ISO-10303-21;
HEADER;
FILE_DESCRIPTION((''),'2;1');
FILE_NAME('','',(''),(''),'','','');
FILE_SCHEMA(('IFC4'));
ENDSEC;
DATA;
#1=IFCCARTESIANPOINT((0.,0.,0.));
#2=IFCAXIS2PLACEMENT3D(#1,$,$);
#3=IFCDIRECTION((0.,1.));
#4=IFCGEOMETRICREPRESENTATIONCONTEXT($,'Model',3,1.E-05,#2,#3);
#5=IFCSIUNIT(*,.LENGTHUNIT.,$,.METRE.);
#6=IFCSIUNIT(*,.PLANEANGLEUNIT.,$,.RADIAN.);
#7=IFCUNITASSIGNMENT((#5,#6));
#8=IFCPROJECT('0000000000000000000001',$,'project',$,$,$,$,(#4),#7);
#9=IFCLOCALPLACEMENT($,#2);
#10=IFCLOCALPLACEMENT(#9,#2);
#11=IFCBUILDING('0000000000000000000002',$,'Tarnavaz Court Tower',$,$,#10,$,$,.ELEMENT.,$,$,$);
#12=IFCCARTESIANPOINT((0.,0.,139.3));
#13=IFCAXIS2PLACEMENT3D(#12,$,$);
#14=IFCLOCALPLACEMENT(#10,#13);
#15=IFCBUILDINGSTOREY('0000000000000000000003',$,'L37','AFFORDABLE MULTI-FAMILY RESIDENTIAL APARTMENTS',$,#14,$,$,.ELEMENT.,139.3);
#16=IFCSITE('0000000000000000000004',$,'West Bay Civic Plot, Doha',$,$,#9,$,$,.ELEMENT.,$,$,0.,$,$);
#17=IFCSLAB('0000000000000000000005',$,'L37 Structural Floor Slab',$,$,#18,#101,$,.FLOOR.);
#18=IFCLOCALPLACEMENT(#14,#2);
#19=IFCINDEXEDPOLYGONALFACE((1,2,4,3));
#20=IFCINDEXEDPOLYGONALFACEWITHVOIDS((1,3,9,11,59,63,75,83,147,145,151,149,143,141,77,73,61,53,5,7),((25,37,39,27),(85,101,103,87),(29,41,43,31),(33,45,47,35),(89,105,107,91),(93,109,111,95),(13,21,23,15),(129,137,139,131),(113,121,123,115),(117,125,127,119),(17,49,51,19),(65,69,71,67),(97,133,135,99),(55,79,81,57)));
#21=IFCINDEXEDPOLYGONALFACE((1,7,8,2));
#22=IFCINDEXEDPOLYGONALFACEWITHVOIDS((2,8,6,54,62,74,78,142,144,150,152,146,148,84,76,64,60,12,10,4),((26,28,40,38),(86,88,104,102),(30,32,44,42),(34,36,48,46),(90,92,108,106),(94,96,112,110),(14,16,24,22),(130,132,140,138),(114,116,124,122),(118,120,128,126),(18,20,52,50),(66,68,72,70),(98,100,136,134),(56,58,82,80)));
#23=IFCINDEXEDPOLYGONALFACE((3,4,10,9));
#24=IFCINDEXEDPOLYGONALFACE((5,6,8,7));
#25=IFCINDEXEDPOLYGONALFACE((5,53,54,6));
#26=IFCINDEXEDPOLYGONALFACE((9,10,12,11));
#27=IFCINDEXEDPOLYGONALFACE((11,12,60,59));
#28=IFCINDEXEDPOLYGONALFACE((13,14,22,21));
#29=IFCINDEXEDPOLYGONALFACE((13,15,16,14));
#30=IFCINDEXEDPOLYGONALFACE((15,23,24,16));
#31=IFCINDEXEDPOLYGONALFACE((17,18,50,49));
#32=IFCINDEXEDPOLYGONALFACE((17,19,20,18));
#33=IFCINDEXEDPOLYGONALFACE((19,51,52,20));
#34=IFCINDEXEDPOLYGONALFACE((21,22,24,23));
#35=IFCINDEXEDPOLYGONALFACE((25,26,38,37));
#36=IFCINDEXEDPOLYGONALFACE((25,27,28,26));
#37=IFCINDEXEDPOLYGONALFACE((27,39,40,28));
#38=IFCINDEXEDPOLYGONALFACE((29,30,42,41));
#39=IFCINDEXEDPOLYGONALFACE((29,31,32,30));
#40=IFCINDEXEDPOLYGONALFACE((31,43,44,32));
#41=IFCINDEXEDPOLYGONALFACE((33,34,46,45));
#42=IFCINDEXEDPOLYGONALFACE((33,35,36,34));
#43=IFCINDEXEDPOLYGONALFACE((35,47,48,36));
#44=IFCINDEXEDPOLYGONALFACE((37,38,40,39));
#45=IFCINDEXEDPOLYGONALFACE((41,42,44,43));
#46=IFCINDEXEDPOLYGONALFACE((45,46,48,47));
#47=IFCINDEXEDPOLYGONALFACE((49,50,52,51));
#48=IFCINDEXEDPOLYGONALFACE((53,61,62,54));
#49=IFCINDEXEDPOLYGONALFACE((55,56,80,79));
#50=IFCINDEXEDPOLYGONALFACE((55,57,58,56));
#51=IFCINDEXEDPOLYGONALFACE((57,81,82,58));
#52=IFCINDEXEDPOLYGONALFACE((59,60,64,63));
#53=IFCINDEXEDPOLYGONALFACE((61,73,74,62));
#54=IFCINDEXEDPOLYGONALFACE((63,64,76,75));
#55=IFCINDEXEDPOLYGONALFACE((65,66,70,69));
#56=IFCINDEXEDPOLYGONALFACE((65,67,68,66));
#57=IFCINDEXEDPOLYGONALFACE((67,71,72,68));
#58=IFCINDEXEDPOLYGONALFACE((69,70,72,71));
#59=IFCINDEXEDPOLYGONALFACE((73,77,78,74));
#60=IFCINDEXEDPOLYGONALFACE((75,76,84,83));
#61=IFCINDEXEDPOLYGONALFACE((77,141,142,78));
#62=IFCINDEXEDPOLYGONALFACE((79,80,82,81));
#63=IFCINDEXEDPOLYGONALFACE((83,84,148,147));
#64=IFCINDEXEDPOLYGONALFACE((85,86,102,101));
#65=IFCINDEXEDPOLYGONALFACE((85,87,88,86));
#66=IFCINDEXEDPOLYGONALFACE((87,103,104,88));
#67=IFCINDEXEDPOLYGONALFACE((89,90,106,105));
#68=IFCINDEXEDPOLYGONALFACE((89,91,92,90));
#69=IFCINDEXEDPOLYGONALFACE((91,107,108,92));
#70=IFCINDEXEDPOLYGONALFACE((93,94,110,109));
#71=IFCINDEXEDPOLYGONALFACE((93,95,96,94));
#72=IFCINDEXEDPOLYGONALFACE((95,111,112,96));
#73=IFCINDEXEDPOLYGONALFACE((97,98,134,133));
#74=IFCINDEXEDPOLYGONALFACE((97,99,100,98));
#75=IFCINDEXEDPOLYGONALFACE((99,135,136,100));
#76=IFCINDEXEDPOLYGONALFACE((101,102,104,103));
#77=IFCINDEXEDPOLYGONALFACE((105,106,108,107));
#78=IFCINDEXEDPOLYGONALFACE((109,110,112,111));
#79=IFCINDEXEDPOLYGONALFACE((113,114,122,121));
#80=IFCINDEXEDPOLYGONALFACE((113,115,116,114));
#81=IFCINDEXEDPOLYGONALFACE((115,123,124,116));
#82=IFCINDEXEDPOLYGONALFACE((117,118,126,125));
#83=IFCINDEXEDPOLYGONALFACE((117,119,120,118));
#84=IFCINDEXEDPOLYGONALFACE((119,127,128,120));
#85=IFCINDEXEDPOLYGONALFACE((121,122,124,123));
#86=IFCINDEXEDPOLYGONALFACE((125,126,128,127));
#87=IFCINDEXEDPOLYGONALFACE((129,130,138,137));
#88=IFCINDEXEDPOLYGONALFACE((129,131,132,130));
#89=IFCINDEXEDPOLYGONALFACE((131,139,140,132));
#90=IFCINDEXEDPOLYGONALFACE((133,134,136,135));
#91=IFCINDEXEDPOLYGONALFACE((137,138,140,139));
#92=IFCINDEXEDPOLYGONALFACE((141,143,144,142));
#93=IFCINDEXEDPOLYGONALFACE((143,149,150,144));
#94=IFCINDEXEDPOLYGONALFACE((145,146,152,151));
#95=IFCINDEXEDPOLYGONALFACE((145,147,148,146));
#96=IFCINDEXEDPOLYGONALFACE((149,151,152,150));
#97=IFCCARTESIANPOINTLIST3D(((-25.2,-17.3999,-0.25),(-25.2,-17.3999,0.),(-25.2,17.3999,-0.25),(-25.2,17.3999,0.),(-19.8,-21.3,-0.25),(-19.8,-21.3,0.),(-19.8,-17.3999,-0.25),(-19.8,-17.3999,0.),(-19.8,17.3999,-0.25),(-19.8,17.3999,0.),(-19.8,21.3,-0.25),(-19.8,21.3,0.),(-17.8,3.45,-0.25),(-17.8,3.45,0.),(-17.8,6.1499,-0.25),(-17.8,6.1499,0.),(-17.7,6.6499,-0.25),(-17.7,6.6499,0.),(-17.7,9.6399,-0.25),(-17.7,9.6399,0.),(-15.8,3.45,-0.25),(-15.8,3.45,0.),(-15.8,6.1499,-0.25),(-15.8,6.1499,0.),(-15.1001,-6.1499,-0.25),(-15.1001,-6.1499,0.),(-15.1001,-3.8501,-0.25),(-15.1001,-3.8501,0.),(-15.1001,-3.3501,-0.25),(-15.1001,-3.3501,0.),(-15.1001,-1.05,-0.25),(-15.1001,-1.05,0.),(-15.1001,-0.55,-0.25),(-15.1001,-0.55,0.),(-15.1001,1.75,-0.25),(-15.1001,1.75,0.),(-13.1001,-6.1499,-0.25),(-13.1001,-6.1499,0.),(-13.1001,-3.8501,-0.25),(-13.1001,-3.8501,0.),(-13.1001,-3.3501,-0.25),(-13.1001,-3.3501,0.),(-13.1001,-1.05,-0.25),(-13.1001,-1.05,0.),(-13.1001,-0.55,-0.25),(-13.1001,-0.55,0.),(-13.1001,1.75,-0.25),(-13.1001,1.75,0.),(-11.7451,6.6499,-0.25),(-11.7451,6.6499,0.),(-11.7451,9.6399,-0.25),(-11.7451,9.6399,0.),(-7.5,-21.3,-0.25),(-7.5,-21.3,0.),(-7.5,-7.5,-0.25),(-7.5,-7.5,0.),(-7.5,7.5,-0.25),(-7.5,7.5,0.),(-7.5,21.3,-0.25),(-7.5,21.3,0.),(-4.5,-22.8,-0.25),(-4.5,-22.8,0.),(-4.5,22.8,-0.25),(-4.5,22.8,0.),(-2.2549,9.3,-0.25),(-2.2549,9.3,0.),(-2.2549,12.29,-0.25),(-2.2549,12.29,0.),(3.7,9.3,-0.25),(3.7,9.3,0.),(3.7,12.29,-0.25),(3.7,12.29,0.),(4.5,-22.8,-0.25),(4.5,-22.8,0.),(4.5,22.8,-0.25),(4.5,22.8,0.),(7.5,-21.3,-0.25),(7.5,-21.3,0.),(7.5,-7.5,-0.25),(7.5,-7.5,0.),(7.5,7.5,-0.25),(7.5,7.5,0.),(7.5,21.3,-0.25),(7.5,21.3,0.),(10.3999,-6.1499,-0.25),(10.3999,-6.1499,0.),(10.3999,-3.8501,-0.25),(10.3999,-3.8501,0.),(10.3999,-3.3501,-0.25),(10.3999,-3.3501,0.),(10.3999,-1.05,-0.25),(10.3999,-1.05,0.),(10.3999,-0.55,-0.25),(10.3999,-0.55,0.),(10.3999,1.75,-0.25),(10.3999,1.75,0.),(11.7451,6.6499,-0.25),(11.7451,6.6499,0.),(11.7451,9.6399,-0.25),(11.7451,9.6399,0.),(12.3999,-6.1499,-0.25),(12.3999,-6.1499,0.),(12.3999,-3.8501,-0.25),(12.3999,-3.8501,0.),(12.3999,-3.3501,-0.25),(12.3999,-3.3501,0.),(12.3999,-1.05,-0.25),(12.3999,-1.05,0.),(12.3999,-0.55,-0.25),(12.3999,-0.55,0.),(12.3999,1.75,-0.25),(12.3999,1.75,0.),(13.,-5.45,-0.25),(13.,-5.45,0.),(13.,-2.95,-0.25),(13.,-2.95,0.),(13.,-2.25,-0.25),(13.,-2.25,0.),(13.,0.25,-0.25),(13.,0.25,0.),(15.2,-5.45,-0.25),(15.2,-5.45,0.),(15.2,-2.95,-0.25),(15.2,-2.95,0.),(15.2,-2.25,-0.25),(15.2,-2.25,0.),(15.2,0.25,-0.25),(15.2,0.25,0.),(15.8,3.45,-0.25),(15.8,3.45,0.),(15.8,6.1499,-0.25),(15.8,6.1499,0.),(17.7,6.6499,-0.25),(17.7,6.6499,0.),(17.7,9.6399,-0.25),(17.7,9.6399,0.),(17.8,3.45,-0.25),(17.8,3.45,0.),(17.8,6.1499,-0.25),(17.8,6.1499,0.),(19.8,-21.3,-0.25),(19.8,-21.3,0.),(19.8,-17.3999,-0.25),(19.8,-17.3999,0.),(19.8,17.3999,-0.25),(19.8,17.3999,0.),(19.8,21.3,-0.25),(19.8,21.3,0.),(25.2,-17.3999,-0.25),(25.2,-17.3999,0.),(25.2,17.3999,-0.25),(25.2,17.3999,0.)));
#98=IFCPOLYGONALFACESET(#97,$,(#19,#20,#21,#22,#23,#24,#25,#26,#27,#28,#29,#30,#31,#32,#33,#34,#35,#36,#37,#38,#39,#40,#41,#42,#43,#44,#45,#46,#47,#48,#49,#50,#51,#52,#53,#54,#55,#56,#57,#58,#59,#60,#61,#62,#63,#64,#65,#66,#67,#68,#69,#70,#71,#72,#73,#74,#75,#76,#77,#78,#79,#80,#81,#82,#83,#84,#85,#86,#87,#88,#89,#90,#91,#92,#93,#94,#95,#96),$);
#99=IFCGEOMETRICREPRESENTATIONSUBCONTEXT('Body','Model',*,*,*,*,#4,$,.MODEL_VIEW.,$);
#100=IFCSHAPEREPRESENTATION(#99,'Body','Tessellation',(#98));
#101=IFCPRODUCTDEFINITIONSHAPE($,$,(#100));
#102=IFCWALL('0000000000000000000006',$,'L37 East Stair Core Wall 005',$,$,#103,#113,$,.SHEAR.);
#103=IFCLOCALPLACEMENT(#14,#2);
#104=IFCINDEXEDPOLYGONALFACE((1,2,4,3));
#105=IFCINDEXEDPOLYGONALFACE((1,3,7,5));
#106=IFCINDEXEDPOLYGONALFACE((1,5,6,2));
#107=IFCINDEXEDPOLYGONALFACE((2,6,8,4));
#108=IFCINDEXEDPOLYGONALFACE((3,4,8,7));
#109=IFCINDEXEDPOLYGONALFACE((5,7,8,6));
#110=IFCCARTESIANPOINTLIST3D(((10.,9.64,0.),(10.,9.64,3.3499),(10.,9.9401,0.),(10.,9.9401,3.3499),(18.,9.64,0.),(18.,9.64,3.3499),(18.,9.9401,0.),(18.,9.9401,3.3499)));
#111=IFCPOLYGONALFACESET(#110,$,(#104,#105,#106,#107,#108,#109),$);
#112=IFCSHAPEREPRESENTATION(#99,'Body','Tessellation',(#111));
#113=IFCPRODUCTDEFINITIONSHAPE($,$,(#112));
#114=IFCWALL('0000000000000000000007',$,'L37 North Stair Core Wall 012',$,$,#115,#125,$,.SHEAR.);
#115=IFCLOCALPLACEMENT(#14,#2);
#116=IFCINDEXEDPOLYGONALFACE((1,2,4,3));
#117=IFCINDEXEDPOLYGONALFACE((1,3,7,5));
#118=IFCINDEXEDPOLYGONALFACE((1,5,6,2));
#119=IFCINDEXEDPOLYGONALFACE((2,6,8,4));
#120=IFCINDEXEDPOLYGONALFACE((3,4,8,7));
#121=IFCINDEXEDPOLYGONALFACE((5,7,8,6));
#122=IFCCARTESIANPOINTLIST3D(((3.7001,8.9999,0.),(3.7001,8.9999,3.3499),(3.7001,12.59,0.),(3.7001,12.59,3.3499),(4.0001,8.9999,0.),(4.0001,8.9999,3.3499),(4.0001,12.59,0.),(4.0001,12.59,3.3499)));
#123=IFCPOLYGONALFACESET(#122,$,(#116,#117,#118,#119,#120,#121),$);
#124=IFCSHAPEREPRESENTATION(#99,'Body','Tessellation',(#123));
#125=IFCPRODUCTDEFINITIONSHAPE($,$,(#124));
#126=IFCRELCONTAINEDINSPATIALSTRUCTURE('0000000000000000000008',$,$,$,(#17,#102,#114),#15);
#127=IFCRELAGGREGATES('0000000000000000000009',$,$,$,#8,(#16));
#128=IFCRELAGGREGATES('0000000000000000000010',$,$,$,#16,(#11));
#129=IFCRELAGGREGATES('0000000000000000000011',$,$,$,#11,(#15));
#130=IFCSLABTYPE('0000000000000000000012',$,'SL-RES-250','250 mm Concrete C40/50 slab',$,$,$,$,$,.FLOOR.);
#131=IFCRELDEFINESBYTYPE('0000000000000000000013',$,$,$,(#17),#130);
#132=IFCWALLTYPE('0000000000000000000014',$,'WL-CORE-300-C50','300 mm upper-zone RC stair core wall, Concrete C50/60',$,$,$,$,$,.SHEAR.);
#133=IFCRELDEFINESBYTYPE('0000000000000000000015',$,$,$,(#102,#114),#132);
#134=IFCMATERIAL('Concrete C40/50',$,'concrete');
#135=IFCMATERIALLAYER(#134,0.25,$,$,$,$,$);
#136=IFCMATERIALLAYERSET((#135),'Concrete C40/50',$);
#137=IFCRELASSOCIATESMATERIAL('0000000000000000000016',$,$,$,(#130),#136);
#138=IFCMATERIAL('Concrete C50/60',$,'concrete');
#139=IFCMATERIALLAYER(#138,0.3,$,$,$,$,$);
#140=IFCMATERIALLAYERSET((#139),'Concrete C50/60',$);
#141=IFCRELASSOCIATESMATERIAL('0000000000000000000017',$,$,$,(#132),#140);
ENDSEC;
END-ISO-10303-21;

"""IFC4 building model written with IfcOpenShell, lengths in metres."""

from ifc_helpers import new_model, si_unit, direction, frame, frame_2d, origin, place, context, subcontext, project, spatial, polyline, rectangle, outline, extrude, material, layer, layer_set, type_object, element, save


model = new_model("IFC4")

# Units and contexts
model_context = context("Model", 3, precision=1e-05, world=origin(), true_north=direction((0.0, 1.0)))
body_context = subcontext(model_context, "Body", "Model", "MODEL_VIEW")
ifc_project = project(units=[si_unit("LENGTHUNIT", "METRE"), si_unit("PLANEANGLEUNIT", "RADIAN")], contexts=[model_context])

# Site, building, storey
site_placement = place(None, origin())
site = spatial("IfcSite", under=ifc_project, at=site_placement, Name="West Bay Civic Plot, Doha", CompositionType="ELEMENT", RefElevation=0.0)
building_placement = place(site_placement, origin())
building = spatial("IfcBuilding", under=site, at=building_placement, Name="Tarnavaz Court Tower", CompositionType="ELEMENT")
storey_placement = place(building_placement, frame((0.0, 0.0, 139.3)))
storey = spatial("IfcBuildingStorey", under=building, at=storey_placement, Name="L37", Description="AFFORDABLE MULTI-FAMILY RESIDENTIAL APARTMENTS", CompositionType="ELEMENT", Elevation=139.3)

# Shared definitions
ifc_material_1 = material(Name="Concrete C40/50", Category="concrete")

# Slab
ifc_layer_1 = layer(ifc_material_1, 0.25)
ifc_layer_set_1 = layer_set([ifc_layer_1], Name="Concrete C40/50")
slab_type_1 = type_object("IfcSlabType", Name="SL-RES-250", Description="250 mm Concrete C40/50 slab", PredefinedType="FLOOR", material=ifc_layer_set_1)
slab_1_placement = place(storey_placement, frame((0.0, 0.0, -0.25)))
element("IfcSlab", 1, at=slab_1_placement, inside=storey, type_object=slab_type_1, Name="L37 Structural Floor Slab", PredefinedType="FLOOR", context=body_context, shape_type="SweptSolid", body=[
    extrude(outline(polyline([(-19.8, -21.3), (-7.5, -21.3), (-4.5, -22.8), (4.5, -22.8), (7.5, -21.3), (19.8, -21.3), (19.8, -17.3999), (25.2, -17.3999), (25.2, 17.3999), (19.8, 17.3999), (19.8, 21.3), (7.5, 21.3), (4.5, 22.8), (-4.5, 22.8), (-7.5, 21.3), (-19.8, 21.3), (-19.8, 17.3999), (-25.2, 17.3999), (-25.2, -17.3999), (-19.8, -17.3999), (-19.8, -21.3)]), holes=[polyline([(-7.5, -7.5), (7.5, -7.5), (7.5, 7.5), (-7.5, 7.5), (-7.5, -7.5)]), polyline([(-11.7451, 9.6399), (-17.7, 9.6399), (-17.7, 6.6499), (-11.7451, 6.6499), (-11.7451, 9.6399)]), polyline([(11.7451, 6.6499), (17.7, 6.6499), (17.7, 9.6399), (11.7451, 9.6399), (11.7451, 6.6499)]), polyline([(-2.2549, 9.3), (3.7, 9.3), (3.7, 12.29), (-2.2549, 12.29), (-2.2549, 9.3)]), polyline([(-17.8, 3.45), (-15.8, 3.45), (-15.8, 6.1499), (-17.8, 6.1499), (-17.8, 3.45)]), polyline([(-15.1001, -6.1499), (-13.1001, -6.1499), (-13.1001, -3.8501), (-15.1001, -3.8501), (-15.1001, -6.1499)]), polyline([(-15.1001, -3.3501), (-13.1001, -3.3501), (-13.1001, -1.05), (-15.1001, -1.05), (-15.1001, -3.3501)]), polyline([(-15.1001, -0.55), (-13.1001, -0.55), (-13.1001, 1.75), (-15.1001, 1.75), (-15.1001, -0.55)]), polyline([(15.8, 3.45), (17.8, 3.45), (17.8, 6.1499), (15.8, 6.1499), (15.8, 3.45)]), polyline([(10.3999, -6.1499), (12.3999, -6.1499), (12.3999, -3.8501), (10.3999, -3.8501), (10.3999, -6.1499)]), polyline([(10.3999, -3.3501), (12.3999, -3.3501), (12.3999, -1.05), (10.3999, -1.05), (10.3999, -3.3501)]), polyline([(10.3999, -0.55), (12.3999, -0.55), (12.3999, 1.75), (10.3999, 1.75), (10.3999, -0.55)]), polyline([(13.0, -5.45), (15.2, -5.45), (15.2, -2.95), (13.0, -2.95), (13.0, -5.45)]), polyline([(13.0, -2.25), (15.2, -2.25), (15.2, 0.25), (13.0, 0.25), (13.0, -2.25)])]), origin(), (0.0, 0.0, 1.0), 0.25),
])

# Wall
ifc_material_2 = material(Name="Concrete C50/60", Category="concrete")
ifc_layer_2 = layer(ifc_material_2, 0.3)
ifc_layer_set_2 = layer_set([ifc_layer_2], Name="Concrete C50/60")
wall_type_1 = type_object("IfcWallType", Name="WL-CORE-300-C50", Description="300 mm upper-zone RC stair core wall, Concrete C50/60", PredefinedType="SHEAR", material=ifc_layer_set_2)
wall_1_placement = place(storey_placement, frame((10.0, 9.79, 0.0), z_axis=(0.0, 0.0, 1.0), x_axis=(1.0, 0.0, 0.0)))
element("IfcWall", 2, at=wall_1_placement, inside=storey, type_object=wall_type_1, Name="L37 East Stair Core Wall 005", PredefinedType="SHEAR", context=body_context, shape_type="SweptSolid", body=[
    extrude(rectangle(XDim=8.0, YDim=0.3, at=frame_2d((4.0, 0.0))), origin(), (0.0, 0.0, 1.0), 3.3499),
])

# Wall
wall_2_placement = place(storey_placement, frame((3.8501, 9.0, 0.0), z_axis=(0.0, 0.0, 1.0), x_axis=(0.0, 1.0, 0.0)))
element("IfcWall", 3, at=wall_2_placement, inside=storey, type_object=wall_type_1, Name="L37 North Stair Core Wall 012", PredefinedType="SHEAR", context=body_context, shape_type="SweptSolid", body=[
    extrude(rectangle(XDim=3.5901, YDim=0.3, at=frame_2d((1.7949, 0.0))), origin(), (0.0, 0.0, 1.0), 3.3499),
])

save(model, "model.ifc")
